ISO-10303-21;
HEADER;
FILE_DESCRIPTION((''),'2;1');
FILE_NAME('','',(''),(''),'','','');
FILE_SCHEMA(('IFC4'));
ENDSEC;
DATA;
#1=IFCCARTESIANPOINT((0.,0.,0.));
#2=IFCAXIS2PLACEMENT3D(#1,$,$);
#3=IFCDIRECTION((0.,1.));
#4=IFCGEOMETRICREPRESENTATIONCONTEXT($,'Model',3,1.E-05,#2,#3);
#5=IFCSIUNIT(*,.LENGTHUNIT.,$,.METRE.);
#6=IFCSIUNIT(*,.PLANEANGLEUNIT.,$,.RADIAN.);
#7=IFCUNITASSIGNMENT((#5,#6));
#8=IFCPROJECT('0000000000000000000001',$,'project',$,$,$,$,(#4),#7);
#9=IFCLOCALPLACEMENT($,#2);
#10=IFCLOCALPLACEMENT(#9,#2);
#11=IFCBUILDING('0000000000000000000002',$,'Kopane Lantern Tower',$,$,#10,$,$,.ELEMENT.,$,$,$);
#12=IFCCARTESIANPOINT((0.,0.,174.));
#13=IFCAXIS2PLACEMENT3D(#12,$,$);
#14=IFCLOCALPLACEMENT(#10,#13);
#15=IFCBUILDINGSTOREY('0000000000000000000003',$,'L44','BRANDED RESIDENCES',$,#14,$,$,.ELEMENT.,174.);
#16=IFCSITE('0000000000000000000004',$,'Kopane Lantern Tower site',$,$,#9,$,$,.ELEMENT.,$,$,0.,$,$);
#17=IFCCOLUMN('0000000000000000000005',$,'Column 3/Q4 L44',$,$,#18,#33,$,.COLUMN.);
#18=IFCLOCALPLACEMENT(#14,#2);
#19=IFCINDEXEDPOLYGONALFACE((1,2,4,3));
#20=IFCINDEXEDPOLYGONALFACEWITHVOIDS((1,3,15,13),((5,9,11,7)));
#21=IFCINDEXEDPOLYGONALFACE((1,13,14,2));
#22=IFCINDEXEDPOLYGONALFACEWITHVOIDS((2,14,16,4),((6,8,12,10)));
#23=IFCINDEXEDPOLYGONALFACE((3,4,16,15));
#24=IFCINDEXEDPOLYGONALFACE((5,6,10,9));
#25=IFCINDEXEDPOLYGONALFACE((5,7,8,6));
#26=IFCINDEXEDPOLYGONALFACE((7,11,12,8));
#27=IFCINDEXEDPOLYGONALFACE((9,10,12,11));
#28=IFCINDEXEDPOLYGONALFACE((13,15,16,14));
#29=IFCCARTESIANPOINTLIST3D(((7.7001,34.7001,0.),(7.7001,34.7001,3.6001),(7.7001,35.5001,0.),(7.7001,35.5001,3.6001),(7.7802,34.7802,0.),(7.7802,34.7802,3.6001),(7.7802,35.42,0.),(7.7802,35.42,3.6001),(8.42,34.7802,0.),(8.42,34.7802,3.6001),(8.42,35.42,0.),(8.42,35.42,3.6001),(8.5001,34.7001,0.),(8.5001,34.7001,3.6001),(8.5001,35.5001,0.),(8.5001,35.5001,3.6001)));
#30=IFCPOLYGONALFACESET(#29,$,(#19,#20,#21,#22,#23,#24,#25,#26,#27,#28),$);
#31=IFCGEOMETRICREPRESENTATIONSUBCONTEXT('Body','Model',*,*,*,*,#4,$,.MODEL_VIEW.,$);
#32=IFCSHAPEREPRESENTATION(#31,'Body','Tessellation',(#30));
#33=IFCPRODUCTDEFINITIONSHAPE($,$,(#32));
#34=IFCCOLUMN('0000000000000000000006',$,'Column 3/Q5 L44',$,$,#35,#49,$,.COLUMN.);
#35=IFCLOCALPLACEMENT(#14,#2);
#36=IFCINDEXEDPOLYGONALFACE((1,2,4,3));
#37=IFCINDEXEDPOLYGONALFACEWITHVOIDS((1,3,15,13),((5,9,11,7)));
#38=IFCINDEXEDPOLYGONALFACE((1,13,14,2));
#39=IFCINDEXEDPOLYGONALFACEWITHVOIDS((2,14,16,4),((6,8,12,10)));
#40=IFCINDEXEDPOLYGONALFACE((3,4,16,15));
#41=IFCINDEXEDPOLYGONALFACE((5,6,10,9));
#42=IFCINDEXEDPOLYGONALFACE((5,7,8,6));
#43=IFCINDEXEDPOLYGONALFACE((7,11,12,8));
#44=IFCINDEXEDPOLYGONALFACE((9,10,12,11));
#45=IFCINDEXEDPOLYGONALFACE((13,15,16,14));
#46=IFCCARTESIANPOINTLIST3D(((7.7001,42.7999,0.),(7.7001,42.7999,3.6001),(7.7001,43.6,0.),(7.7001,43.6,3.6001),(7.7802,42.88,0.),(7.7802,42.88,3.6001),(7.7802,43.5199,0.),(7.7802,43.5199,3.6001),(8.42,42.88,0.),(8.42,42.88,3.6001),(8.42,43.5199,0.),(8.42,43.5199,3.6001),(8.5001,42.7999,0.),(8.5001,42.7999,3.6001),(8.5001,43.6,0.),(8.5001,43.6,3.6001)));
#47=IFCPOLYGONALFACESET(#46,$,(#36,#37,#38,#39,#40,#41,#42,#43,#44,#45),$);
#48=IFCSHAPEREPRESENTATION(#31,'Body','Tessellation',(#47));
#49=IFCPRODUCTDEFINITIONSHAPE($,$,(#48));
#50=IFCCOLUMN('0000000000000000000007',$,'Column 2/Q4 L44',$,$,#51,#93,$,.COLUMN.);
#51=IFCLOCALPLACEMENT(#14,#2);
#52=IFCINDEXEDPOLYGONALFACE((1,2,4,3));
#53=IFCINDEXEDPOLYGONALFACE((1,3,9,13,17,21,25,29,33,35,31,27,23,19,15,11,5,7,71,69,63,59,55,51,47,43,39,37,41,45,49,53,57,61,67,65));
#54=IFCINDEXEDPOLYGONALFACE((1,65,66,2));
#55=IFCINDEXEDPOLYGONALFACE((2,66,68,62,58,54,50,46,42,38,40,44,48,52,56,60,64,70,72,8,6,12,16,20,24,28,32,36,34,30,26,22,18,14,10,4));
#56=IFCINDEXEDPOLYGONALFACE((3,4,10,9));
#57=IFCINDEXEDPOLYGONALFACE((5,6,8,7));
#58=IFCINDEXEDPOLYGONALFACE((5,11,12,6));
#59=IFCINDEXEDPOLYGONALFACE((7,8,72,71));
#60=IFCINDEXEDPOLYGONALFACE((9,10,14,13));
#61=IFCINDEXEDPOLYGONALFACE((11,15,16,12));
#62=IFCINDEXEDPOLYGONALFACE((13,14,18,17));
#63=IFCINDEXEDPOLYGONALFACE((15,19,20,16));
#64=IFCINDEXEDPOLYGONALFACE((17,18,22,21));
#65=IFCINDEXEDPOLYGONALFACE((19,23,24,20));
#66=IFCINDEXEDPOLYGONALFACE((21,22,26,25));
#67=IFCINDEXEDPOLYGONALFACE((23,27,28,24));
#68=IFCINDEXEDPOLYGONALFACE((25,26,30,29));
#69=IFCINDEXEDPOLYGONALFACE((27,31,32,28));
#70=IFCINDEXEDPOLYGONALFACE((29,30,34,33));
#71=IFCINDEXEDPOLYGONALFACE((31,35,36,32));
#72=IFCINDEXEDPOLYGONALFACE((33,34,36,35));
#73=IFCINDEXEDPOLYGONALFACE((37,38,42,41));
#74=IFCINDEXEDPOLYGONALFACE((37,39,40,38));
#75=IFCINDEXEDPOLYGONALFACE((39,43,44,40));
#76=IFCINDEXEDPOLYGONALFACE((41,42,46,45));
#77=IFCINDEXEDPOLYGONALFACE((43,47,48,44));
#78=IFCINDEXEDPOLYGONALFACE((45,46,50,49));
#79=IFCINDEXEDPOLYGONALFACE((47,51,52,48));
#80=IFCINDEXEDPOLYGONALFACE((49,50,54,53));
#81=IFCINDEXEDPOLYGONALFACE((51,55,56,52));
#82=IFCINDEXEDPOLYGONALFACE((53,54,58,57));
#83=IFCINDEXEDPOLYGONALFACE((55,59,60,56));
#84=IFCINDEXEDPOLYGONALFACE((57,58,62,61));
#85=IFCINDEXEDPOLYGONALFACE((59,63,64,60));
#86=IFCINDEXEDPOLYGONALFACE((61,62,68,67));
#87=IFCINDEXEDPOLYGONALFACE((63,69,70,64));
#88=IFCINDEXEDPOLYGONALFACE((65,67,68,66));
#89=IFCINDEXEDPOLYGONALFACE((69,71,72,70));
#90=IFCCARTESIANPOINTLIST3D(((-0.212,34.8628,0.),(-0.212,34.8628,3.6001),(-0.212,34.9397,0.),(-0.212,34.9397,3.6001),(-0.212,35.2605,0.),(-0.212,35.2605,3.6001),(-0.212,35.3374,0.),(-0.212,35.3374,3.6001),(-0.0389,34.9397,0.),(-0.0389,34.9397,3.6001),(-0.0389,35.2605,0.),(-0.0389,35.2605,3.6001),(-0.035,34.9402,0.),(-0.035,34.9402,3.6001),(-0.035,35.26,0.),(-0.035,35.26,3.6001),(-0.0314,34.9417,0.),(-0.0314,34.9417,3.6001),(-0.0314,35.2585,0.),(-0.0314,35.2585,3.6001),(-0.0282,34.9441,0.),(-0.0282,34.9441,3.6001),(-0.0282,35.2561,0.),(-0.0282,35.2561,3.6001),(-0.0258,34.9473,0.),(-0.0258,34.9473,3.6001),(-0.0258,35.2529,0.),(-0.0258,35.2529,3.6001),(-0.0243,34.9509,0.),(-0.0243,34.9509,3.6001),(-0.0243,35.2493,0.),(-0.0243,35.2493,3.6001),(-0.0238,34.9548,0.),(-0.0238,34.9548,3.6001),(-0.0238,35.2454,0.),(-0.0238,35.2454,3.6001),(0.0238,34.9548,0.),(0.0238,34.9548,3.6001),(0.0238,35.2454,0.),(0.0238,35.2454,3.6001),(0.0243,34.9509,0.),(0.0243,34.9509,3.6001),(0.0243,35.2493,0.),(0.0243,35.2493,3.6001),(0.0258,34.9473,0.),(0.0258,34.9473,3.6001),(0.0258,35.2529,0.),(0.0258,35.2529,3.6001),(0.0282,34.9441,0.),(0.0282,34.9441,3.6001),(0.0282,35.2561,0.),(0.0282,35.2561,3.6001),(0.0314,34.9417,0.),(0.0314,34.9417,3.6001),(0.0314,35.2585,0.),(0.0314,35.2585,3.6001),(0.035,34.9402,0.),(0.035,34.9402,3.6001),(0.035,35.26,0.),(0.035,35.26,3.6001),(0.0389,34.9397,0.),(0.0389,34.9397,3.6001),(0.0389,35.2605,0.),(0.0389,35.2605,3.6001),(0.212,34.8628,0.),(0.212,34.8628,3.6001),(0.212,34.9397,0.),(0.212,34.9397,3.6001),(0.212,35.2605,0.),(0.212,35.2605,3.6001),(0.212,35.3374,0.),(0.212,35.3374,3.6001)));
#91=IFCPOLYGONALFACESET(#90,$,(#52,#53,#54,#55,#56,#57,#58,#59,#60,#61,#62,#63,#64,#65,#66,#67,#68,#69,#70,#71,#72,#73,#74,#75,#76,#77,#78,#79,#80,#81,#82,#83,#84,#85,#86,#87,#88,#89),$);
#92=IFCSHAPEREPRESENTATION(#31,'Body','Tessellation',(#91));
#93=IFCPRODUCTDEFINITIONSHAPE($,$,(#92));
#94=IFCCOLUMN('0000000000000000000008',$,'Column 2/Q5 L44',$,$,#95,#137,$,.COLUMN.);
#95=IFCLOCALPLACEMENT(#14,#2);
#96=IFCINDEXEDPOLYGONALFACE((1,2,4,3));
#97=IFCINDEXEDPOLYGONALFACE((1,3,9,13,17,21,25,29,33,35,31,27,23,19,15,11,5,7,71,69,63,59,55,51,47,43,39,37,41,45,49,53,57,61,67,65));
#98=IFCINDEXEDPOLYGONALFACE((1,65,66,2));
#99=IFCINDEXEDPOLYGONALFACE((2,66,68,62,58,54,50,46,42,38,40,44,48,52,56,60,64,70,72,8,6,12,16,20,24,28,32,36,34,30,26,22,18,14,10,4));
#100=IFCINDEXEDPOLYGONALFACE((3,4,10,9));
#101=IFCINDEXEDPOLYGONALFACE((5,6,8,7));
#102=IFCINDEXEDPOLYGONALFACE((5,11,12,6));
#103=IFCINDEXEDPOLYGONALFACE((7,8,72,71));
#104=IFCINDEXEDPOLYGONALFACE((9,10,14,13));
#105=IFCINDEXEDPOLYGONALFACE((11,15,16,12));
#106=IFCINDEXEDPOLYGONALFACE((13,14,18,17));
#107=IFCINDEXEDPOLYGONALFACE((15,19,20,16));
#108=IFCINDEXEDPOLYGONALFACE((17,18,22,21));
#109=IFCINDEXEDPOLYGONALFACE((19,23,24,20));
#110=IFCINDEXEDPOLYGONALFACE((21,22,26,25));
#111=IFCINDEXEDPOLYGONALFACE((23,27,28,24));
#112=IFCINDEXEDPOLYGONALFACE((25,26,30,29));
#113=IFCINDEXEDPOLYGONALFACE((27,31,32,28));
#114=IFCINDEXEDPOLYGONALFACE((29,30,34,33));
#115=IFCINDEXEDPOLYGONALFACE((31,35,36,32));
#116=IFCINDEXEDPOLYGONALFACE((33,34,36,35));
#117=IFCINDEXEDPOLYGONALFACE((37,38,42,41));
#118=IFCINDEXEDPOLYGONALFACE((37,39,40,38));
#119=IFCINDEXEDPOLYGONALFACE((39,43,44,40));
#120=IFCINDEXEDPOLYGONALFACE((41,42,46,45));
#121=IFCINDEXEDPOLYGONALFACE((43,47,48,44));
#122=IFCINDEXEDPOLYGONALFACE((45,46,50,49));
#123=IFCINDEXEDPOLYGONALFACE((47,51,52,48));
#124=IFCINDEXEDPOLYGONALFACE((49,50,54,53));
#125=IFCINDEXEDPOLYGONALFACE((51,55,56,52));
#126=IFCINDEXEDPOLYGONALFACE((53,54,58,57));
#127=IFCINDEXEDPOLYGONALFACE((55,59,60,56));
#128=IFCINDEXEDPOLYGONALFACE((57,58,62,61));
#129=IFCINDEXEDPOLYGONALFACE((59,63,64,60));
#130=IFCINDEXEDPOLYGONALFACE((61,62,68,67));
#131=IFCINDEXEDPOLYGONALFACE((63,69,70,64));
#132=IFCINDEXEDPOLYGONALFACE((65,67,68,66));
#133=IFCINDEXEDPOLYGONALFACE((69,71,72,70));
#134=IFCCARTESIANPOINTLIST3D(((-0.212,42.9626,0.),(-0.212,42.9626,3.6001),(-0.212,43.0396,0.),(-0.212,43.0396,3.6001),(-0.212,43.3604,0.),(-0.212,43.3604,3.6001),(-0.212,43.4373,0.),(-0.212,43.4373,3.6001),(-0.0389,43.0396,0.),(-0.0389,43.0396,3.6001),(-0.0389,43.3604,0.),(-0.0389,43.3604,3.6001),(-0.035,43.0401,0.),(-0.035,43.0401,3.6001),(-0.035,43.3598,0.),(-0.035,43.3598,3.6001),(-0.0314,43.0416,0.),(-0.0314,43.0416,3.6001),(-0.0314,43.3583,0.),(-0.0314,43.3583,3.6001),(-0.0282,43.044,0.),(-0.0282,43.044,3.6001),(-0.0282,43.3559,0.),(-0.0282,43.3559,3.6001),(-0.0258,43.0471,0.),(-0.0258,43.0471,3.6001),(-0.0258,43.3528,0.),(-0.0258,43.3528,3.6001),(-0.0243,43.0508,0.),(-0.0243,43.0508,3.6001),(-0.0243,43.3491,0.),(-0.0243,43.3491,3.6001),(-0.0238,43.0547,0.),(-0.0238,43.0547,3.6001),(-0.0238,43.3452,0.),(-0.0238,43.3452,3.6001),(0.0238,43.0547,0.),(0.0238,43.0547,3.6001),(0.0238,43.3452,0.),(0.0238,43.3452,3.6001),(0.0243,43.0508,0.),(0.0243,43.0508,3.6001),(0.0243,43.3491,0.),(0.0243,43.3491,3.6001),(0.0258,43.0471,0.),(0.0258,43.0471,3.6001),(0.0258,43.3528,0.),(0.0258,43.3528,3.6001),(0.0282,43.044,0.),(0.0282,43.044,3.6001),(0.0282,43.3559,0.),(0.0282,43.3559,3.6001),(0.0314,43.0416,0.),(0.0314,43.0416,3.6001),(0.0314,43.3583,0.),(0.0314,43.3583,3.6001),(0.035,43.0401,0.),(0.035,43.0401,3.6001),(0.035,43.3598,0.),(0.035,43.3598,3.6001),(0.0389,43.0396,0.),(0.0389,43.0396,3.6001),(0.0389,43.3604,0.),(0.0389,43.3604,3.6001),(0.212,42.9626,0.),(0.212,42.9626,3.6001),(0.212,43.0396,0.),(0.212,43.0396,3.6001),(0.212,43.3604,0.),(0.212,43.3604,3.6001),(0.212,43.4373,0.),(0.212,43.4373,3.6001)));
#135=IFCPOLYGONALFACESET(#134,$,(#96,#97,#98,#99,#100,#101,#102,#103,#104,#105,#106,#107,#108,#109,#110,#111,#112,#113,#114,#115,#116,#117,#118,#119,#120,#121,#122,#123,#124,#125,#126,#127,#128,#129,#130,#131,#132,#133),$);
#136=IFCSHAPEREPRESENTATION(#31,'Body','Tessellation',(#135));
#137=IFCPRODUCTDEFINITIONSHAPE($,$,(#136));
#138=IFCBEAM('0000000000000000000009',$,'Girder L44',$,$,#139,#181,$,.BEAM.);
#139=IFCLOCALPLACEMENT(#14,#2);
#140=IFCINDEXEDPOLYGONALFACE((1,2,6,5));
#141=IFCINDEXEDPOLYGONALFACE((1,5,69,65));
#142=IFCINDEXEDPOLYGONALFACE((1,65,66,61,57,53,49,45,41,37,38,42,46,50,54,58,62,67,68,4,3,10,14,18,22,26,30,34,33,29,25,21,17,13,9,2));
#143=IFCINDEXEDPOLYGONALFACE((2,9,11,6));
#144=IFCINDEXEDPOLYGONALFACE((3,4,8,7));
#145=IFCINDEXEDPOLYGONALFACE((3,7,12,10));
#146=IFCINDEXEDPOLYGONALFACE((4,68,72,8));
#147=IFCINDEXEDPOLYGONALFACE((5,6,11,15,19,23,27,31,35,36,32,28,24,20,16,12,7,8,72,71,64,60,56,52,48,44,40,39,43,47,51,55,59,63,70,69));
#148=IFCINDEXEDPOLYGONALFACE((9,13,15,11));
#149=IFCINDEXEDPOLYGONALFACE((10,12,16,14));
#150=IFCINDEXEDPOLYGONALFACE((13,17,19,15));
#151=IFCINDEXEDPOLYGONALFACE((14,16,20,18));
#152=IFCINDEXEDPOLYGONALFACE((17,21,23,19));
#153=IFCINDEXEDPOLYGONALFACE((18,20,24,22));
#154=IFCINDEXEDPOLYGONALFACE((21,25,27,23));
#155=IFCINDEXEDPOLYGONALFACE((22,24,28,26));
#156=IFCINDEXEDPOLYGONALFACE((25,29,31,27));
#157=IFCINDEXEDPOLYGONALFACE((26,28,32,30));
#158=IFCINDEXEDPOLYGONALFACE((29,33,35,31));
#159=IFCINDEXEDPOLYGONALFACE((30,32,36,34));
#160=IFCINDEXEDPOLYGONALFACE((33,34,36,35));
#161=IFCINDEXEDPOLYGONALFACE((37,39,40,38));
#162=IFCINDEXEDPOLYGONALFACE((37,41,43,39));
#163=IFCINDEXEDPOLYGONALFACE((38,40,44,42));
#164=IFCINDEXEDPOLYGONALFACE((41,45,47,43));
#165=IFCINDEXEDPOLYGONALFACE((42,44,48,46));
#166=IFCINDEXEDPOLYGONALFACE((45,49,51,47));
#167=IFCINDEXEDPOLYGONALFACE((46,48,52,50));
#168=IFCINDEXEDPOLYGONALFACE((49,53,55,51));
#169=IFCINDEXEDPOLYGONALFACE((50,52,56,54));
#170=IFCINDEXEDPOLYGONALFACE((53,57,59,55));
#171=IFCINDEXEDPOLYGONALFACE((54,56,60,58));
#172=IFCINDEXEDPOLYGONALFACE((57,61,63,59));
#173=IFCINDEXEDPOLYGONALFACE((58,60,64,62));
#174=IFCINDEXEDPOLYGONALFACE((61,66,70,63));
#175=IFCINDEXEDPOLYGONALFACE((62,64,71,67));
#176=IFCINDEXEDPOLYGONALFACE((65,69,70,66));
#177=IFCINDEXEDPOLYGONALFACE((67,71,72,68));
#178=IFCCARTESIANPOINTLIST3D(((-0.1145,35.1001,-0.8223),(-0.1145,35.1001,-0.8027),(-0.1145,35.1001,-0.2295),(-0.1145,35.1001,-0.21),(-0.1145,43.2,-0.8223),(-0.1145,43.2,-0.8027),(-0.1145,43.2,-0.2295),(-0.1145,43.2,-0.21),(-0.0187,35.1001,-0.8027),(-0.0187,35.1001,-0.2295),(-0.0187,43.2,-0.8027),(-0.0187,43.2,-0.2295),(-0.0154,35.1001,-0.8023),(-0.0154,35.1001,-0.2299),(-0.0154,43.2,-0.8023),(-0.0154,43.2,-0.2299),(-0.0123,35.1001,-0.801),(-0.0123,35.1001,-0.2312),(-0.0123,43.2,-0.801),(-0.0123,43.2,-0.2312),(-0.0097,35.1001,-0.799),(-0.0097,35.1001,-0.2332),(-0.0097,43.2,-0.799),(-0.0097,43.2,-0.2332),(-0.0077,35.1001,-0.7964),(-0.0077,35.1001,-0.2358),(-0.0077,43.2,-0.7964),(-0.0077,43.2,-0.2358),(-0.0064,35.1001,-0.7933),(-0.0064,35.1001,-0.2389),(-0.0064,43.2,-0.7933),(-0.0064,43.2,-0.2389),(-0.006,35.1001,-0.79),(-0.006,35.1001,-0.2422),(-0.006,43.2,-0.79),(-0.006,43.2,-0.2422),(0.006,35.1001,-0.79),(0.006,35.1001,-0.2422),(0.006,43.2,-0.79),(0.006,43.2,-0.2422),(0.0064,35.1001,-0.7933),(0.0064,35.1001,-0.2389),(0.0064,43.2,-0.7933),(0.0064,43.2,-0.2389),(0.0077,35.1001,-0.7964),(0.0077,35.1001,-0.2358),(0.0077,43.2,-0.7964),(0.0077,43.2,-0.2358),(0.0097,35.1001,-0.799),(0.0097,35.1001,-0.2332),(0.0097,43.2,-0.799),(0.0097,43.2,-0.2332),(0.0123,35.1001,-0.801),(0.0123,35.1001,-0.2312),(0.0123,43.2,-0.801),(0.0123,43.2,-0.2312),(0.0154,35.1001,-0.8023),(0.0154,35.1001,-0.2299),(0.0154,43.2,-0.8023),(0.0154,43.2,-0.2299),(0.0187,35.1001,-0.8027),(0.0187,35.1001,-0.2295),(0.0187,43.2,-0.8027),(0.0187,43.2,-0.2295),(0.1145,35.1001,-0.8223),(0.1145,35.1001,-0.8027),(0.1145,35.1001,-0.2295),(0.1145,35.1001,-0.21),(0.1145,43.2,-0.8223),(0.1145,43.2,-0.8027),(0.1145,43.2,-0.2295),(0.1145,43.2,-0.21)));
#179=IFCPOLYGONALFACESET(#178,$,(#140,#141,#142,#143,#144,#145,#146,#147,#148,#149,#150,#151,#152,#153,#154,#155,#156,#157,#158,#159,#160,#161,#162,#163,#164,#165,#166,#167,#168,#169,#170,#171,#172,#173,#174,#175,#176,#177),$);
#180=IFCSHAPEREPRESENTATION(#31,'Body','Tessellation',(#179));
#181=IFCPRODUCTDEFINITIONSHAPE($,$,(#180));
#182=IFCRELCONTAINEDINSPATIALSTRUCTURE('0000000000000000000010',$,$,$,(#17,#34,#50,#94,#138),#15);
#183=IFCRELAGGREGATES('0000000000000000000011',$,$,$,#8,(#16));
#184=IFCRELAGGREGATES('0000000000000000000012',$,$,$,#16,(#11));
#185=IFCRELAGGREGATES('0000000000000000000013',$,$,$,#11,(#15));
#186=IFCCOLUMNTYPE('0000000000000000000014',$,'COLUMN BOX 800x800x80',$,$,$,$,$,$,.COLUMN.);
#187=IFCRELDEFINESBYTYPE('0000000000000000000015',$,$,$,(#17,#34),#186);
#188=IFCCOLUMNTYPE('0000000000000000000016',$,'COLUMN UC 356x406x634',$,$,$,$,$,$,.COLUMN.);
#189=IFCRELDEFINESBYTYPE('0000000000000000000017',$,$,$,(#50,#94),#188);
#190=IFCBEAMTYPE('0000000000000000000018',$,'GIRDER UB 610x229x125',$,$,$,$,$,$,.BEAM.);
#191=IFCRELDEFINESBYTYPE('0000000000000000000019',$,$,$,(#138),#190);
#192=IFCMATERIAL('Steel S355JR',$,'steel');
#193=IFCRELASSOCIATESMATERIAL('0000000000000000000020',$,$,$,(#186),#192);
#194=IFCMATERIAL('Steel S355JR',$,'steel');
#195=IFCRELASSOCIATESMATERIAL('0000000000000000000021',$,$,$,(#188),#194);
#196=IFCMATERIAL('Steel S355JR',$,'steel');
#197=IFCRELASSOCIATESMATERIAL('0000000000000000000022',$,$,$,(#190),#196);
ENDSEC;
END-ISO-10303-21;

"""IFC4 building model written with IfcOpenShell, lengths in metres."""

from ifc_helpers import new_model, si_unit, direction, frame, origin, origin_2d, place, context, subcontext, project, spatial, hollow_rectangle, i_section, extrude, material, material_profile, profile_set, type_object, element, save


model = new_model("IFC4")

# Units and contexts
model_context = context("Model", 3, precision=1e-05, world=origin(), true_north=direction((0.0, 1.0)))
body_context = subcontext(model_context, "Body", "Model", "MODEL_VIEW")
ifc_project = project(units=[si_unit("LENGTHUNIT", "METRE"), si_unit("PLANEANGLEUNIT", "RADIAN")], contexts=[model_context])

# Site, building, storey
site_placement = place(None, origin())
site = spatial("IfcSite", under=ifc_project, at=site_placement, Name="Kopane Lantern Tower site", CompositionType="ELEMENT", RefElevation=0.0)
building_placement = place(site_placement, origin())
building = spatial("IfcBuilding", under=site, at=building_placement, Name="Kopane Lantern Tower", CompositionType="ELEMENT")
storey_placement = place(building_placement, frame((0.0, 0.0, 174.0)))
storey = spatial("IfcBuildingStorey", under=building, at=storey_placement, Name="L44", Description="BRANDED RESIDENCES", CompositionType="ELEMENT", Elevation=174.0)

# Columns
ifc_material_1 = material(Name="Steel S355JR", Category="steel")
ifc_material_profile_1 = material_profile(ifc_material_1, hollow_rectangle(XDim=0.8, YDim=0.8, WallThickness=0.0801, at=origin_2d()), Name="BOX 800x800x80")
ifc_profile_set_1 = profile_set([ifc_material_profile_1], Name="Steel S355JR")
column_type_1 = type_object("IfcColumnType", Name="COLUMN BOX 800x800x80", PredefinedType="COLUMN", material=ifc_profile_set_1)
for number, where, z_axis, x_axis, name in (
    (1, (8.1001, 35.1001, 0.0), (0.0, 0.0, 1.0), (1.0, 0.0, 0.0), "Column 3/Q4 L44"),
    (2, (8.1001, 43.2, 0.0), (0.0, 0.0, 1.0), (1.0, 0.0, 0.0), "Column 3/Q5 L44"),
):
    element("IfcColumn", number, at=place(storey_placement, frame(where, z_axis=z_axis, x_axis=x_axis)), inside=storey, type_object=column_type_1, Name=name, PredefinedType="COLUMN", context=body_context, shape_type="SweptSolid", body=[
        extrude(hollow_rectangle(XDim=0.8, YDim=0.8, WallThickness=0.0801, at=origin_2d()), origin(), (0.0, 0.0, 1.0), 3.6001),
    ])
ifc_material_2 = material(Name="Steel S355JR", Category="steel")
ifc_material_profile_2 = material_profile(ifc_material_2, i_section(OverallWidth=0.4241, OverallDepth=0.4746, WebThickness=0.0476, FlangeThickness=0.0769, FilletRadius=0.0151, at=origin_2d()), Name="UC 356x406x634")
ifc_profile_set_2 = profile_set([ifc_material_profile_2], Name="Steel S355JR")
column_type_2 = type_object("IfcColumnType", Name="COLUMN UC 356x406x634", PredefinedType="COLUMN", material=ifc_profile_set_2)
for number, where, z_axis, x_axis, name in (
    (3, (0.0, 35.1001, 0.0), (0.0, 0.0, 1.0), (1.0, 0.0, 0.0), "Column 2/Q4 L44"),
    (4, (0.0, 43.2, 0.0), (0.0, 0.0, 1.0), (1.0, 0.0, 0.0), "Column 2/Q5 L44"),
):
    element("IfcColumn", number, at=place(storey_placement, frame(where, z_axis=z_axis, x_axis=x_axis)), inside=storey, type_object=column_type_2, Name=name, PredefinedType="COLUMN", context=body_context, shape_type="SweptSolid", body=[
        extrude(i_section(OverallWidth=0.4241, OverallDepth=0.4746, WebThickness=0.0476, FlangeThickness=0.0769, FilletRadius=0.0151, at=origin_2d()), origin(), (0.0, 0.0, 1.0), 3.6001),
    ])

# Beam
ifc_material_3 = material(Name="Steel S355JR", Category="steel")
ifc_material_profile_3 = material_profile(ifc_material_3, i_section(OverallWidth=0.229, OverallDepth=0.6123, WebThickness=0.012, FlangeThickness=0.0195, FilletRadius=0.0127, at=origin_2d()), Name="UB 610x229x125")
ifc_profile_set_3 = profile_set([ifc_material_profile_3], Name="Steel S355JR")
beam_type = type_object("IfcBeamType", Name="GIRDER UB 610x229x125", PredefinedType="BEAM", material=ifc_profile_set_3)
beam_1_placement = place(storey_placement, frame((0.0, 35.1001, -0.5161), z_axis=(0.0, 1.0, 0.0), x_axis=(-1.0, 0.0, 0.0)))
element("IfcBeam", 5, at=beam_1_placement, inside=storey, type_object=beam_type, Name="Girder L44", PredefinedType="BEAM", context=body_context, shape_type="SweptSolid", body=[
    extrude(i_section(OverallWidth=0.229, OverallDepth=0.6123, WebThickness=0.012, FlangeThickness=0.0195, FilletRadius=0.0127, at=origin_2d()), origin(), (0.0, 0.0, 1.0), 8.0999),
])

save(model, "model.ifc")
